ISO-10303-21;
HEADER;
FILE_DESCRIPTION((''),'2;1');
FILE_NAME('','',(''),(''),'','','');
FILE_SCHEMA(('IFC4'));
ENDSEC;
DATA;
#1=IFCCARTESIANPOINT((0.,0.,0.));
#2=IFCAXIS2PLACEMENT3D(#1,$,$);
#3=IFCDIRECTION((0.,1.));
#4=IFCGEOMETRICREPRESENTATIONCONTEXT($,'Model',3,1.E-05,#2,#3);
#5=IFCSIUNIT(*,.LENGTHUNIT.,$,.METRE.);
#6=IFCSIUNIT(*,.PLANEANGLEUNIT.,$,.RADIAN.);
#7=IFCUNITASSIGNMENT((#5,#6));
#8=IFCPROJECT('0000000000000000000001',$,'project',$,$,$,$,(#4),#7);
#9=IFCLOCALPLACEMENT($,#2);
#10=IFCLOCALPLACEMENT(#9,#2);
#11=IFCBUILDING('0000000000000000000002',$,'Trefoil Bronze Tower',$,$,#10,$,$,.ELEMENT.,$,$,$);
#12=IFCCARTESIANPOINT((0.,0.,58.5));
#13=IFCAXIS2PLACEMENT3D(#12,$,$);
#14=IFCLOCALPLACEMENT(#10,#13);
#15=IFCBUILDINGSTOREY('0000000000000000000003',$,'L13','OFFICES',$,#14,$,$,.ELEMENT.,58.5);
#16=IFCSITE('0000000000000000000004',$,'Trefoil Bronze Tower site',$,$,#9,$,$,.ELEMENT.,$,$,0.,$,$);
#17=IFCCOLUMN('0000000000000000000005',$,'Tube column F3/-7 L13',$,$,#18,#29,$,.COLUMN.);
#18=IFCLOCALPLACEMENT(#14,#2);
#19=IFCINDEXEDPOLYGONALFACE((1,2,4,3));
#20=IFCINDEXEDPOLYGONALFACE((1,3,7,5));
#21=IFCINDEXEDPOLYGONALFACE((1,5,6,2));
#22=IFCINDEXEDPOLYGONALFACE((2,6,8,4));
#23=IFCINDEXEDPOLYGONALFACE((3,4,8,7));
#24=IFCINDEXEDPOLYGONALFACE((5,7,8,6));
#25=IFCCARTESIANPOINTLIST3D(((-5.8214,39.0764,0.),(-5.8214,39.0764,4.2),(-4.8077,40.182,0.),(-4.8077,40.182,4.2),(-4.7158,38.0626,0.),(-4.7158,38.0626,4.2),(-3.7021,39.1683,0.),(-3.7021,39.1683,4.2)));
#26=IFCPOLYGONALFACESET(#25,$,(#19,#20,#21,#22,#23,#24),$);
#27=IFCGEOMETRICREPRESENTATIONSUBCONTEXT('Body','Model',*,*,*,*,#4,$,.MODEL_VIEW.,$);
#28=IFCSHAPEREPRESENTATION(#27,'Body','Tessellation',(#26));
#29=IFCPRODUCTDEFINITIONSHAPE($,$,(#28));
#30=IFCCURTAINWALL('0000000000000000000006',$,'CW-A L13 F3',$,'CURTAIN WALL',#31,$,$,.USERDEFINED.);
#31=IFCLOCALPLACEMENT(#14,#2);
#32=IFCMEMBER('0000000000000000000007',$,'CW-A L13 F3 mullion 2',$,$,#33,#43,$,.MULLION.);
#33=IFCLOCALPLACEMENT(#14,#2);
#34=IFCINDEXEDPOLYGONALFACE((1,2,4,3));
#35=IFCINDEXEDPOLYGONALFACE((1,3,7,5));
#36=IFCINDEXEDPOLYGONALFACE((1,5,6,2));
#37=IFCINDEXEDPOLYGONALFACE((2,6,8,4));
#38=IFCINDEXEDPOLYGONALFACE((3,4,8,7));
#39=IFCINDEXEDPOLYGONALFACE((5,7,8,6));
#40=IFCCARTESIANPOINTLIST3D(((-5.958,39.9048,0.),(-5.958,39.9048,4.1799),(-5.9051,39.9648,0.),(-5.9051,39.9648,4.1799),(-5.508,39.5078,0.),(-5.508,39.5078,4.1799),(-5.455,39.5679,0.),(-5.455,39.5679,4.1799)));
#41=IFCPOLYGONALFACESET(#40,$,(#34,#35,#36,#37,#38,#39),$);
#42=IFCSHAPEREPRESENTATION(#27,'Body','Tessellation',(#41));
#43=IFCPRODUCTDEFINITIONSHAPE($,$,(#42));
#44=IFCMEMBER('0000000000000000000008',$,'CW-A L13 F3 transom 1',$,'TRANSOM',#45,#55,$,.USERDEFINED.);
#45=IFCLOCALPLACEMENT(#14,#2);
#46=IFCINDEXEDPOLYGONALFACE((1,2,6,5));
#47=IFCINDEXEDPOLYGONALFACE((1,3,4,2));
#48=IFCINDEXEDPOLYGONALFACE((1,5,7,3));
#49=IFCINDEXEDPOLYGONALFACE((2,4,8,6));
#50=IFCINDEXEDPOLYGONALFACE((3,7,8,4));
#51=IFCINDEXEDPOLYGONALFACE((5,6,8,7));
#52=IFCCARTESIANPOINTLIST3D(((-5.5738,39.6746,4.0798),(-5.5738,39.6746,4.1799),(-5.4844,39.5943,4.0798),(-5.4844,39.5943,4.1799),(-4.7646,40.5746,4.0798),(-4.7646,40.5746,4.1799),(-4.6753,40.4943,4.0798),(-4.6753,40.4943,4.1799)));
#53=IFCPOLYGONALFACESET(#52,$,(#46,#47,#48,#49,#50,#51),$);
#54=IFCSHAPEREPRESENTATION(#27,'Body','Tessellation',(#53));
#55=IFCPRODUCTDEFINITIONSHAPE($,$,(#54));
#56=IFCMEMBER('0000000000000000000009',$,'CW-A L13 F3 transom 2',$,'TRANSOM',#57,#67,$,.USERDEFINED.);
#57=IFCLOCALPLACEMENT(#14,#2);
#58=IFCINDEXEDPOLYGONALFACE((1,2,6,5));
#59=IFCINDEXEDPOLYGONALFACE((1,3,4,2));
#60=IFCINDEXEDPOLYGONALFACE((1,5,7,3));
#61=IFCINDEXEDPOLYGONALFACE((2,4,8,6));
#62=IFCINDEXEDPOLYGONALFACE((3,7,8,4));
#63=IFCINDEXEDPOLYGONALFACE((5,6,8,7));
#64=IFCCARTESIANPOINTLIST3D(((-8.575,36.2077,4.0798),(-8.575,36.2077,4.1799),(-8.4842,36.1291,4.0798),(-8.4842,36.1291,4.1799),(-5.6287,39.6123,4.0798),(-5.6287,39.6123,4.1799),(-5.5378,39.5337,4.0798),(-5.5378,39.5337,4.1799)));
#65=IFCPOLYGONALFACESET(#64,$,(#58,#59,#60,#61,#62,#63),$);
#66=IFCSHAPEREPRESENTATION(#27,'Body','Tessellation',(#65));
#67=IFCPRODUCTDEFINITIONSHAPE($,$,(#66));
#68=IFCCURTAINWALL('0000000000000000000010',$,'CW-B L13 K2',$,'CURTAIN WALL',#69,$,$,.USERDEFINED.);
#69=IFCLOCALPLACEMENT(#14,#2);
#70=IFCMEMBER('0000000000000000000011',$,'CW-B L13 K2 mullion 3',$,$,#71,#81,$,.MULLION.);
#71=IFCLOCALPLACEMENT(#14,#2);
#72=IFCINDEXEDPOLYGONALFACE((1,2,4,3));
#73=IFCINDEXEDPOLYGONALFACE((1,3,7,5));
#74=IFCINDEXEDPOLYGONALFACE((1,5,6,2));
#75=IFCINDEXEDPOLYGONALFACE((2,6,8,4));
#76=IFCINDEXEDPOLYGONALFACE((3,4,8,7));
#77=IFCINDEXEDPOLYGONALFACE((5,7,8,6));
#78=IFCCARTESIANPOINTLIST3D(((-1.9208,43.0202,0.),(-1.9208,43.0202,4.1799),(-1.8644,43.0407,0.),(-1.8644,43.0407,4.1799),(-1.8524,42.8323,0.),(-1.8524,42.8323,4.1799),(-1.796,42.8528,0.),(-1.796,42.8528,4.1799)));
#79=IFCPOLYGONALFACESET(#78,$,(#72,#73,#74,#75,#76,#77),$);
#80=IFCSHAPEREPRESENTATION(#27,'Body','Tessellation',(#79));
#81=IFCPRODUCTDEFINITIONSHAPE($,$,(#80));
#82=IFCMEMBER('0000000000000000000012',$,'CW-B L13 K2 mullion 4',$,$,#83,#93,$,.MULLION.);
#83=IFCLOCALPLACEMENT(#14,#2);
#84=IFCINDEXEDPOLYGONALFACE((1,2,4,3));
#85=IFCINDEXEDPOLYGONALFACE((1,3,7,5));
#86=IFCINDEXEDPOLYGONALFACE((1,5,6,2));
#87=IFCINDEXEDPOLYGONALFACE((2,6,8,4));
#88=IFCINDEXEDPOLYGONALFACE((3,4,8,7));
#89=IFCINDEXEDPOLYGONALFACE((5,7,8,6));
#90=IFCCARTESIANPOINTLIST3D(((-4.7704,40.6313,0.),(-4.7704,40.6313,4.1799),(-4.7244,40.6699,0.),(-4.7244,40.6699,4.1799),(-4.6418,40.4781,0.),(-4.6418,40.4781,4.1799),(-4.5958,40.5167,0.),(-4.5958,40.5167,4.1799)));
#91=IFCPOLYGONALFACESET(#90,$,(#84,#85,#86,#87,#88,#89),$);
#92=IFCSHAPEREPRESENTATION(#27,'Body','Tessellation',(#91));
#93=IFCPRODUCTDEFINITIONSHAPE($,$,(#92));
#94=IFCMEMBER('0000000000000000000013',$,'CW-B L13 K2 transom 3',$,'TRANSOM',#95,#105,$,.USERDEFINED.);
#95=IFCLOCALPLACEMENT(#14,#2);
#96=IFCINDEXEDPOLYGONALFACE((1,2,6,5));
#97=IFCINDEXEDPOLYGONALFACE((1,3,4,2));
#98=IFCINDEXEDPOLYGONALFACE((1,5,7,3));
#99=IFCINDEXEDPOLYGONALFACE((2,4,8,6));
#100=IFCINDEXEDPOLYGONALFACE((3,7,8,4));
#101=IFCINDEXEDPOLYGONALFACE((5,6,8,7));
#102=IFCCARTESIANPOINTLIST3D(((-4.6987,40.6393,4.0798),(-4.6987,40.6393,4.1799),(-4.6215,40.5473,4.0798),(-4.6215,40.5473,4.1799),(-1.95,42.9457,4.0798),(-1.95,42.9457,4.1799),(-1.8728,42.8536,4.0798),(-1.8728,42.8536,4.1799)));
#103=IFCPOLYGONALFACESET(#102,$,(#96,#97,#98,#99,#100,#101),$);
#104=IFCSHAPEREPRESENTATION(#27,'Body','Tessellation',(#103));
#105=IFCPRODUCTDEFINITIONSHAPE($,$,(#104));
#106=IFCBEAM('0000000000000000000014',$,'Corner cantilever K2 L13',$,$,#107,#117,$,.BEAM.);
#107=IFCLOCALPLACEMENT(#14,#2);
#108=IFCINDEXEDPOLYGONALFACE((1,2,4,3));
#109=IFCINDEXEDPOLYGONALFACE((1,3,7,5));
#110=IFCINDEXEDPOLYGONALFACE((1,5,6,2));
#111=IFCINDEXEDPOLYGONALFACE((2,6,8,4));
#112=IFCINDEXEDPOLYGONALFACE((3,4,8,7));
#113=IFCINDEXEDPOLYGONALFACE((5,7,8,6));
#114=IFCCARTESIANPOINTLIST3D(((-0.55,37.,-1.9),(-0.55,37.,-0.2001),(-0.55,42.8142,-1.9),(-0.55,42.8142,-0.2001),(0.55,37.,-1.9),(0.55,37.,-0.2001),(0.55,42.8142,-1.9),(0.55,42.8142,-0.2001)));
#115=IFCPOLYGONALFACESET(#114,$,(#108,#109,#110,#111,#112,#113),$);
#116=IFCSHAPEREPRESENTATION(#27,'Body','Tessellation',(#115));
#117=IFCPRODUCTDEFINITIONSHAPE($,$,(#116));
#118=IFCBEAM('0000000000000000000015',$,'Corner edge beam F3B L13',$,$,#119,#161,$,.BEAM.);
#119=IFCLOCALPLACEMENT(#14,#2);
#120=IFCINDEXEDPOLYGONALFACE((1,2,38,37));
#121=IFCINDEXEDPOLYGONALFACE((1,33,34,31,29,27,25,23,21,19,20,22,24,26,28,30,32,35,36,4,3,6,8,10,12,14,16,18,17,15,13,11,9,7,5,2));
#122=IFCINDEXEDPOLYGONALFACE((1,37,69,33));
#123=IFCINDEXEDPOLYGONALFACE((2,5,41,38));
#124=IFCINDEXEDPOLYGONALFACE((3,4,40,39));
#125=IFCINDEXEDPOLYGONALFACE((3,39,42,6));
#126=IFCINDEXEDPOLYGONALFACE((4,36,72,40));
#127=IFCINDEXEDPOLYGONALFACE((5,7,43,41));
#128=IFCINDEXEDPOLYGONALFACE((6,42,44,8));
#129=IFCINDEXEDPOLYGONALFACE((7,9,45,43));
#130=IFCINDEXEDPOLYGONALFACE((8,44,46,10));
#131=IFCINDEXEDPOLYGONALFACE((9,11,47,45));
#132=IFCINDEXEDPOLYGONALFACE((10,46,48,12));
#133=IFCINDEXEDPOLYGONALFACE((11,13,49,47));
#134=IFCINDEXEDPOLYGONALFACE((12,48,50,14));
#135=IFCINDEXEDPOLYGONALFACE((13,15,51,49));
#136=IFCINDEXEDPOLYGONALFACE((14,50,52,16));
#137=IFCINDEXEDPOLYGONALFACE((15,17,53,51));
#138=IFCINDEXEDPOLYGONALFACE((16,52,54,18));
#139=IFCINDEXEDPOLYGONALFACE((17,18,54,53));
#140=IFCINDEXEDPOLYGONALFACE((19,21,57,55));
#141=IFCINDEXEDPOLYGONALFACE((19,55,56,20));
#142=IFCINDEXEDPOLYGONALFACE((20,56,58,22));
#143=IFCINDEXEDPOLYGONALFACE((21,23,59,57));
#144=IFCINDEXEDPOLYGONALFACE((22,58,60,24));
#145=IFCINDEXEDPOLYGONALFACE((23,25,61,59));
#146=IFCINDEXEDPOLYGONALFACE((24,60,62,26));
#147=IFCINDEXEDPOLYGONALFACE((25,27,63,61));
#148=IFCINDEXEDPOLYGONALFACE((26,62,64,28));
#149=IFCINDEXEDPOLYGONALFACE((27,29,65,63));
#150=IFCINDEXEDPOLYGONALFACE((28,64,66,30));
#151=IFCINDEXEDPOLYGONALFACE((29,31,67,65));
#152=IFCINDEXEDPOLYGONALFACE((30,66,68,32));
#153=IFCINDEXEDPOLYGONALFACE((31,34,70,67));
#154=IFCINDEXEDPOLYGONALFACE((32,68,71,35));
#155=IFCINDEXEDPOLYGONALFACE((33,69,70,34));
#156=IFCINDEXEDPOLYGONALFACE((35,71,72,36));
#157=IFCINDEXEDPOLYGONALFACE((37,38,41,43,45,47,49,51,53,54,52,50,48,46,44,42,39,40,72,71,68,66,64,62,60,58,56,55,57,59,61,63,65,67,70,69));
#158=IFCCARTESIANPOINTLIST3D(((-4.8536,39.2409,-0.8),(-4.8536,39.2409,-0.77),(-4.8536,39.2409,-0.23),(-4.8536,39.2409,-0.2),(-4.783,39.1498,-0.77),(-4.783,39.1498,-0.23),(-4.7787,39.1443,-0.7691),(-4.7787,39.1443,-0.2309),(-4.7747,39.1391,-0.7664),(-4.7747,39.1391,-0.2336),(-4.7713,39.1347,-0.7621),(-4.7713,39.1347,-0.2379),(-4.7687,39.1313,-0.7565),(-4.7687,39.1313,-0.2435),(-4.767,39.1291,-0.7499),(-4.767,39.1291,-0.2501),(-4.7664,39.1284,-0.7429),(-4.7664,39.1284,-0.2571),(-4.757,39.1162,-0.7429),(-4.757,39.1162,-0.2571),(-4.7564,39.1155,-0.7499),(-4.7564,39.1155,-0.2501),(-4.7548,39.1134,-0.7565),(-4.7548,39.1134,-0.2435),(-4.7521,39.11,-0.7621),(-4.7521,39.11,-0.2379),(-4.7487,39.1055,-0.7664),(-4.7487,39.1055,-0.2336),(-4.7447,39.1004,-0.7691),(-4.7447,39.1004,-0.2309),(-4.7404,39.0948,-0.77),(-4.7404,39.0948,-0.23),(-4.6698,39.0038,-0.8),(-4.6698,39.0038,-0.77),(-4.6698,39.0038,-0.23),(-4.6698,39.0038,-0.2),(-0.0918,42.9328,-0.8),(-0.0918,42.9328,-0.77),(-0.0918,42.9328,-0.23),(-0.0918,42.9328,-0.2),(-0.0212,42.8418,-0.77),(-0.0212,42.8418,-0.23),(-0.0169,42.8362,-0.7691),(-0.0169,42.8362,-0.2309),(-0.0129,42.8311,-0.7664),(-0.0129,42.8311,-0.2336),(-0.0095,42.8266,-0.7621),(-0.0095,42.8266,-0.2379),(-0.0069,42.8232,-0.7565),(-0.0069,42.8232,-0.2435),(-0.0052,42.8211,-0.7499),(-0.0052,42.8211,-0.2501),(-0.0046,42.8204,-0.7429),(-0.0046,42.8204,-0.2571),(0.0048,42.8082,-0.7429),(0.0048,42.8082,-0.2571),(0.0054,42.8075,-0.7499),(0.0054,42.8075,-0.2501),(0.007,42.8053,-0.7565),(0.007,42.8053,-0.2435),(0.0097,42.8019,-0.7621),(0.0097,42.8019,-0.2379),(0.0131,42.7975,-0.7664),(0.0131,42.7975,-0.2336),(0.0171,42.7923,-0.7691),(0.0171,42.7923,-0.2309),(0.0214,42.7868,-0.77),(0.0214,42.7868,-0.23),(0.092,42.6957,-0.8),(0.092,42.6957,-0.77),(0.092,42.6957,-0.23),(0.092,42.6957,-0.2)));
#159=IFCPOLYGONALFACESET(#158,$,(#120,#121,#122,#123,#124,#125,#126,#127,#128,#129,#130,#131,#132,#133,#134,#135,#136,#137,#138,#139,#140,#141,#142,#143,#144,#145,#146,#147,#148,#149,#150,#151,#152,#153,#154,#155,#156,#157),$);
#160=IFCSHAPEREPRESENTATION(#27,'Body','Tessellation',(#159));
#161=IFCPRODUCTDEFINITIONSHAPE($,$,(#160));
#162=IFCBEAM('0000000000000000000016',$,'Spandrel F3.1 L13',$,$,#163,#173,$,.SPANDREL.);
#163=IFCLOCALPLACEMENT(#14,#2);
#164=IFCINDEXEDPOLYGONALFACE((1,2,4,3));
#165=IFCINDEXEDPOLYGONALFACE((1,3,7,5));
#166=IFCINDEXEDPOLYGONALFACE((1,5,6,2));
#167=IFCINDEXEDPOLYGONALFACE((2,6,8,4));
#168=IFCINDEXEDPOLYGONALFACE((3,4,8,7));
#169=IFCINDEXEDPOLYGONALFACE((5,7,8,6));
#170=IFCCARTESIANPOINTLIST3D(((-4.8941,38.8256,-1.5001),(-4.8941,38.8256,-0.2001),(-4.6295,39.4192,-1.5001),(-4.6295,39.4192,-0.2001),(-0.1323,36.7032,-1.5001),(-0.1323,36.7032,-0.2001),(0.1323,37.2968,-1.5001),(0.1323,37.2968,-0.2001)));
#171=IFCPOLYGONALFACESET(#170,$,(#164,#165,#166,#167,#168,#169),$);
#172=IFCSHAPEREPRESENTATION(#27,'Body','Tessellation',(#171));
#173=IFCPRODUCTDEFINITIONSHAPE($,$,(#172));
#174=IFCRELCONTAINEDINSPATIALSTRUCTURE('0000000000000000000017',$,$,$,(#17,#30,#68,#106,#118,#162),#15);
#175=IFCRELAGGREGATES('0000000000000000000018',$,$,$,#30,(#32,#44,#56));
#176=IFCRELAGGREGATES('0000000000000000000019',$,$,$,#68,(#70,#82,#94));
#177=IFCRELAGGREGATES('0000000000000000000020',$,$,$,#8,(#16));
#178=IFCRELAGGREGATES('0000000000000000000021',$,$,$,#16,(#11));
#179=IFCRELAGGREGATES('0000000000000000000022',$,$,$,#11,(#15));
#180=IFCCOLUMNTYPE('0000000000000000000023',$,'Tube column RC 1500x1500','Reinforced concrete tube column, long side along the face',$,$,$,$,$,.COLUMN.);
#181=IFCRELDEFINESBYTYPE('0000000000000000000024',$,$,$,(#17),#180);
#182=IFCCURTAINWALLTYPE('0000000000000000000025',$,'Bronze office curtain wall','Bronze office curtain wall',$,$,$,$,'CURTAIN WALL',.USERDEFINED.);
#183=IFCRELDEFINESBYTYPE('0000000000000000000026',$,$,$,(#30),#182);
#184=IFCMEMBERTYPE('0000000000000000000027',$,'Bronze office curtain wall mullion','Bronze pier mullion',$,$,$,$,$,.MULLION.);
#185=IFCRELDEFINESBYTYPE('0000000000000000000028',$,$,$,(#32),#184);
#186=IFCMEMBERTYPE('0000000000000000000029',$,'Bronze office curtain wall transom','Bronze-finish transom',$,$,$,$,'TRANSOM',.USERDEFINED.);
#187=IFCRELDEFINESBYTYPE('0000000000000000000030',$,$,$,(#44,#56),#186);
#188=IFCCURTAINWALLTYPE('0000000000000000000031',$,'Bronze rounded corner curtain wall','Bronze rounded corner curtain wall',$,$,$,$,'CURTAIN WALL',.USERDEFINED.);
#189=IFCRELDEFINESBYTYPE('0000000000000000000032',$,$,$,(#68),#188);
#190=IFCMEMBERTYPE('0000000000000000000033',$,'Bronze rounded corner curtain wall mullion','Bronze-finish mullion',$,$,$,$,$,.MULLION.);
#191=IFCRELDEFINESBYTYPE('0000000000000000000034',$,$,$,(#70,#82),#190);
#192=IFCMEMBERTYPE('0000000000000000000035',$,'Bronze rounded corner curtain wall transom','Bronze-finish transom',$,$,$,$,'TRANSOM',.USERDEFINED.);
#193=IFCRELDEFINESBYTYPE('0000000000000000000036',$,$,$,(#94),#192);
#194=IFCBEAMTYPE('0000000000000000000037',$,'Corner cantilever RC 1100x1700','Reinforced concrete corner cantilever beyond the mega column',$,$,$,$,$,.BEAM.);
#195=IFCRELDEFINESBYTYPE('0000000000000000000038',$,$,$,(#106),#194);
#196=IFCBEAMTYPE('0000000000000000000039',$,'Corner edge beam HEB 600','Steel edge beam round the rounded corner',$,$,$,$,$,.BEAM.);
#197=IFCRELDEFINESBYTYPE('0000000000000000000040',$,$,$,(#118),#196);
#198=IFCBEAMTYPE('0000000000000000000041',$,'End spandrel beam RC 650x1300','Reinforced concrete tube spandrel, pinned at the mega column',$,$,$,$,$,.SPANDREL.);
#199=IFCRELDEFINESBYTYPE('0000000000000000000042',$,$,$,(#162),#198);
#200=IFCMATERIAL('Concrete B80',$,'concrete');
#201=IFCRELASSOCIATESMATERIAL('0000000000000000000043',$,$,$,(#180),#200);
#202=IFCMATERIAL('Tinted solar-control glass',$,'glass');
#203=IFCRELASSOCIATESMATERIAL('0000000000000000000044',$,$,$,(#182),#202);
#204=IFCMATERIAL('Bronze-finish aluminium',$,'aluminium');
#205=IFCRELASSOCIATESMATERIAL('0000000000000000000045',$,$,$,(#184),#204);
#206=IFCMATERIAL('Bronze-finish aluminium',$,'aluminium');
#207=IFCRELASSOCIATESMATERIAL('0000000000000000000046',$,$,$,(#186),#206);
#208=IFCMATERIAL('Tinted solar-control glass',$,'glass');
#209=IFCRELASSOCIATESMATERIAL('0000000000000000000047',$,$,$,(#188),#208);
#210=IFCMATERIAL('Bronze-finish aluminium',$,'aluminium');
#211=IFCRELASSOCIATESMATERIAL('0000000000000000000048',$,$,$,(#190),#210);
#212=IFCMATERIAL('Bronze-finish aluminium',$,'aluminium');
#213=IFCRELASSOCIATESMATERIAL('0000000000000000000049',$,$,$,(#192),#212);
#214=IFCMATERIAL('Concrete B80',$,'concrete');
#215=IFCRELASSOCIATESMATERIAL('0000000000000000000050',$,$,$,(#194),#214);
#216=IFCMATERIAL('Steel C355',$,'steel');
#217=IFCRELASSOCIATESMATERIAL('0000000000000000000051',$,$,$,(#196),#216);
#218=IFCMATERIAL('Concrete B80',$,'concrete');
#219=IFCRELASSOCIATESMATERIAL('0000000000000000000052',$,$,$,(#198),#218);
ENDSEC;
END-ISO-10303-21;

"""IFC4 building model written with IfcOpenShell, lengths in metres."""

from ifc_helpers import new_model, si_unit, direction, frame, origin, origin_2d, place, context, subcontext, project, spatial, rectangle, i_section, extrude, material, material_profile, profile_set, type_object, element, aggregate, save


model = new_model("IFC4")

# Units and contexts
model_context = context("Model", 3, precision=1e-05, world=origin(), true_north=direction((0.0, 1.0)))
body_context = subcontext(model_context, "Body", "Model", "MODEL_VIEW")
ifc_project = project(units=[si_unit("LENGTHUNIT", "METRE"), si_unit("PLANEANGLEUNIT", "RADIAN")], contexts=[model_context])

# Site, building, storey
site_placement = place(None, origin())
site = spatial("IfcSite", under=ifc_project, at=site_placement, Name="Trefoil Bronze Tower site", CompositionType="ELEMENT", RefElevation=0.0)
building_placement = place(site_placement, origin())
building = spatial("IfcBuilding", under=site, at=building_placement, Name="Trefoil Bronze Tower", CompositionType="ELEMENT")
storey_placement = place(building_placement, frame((0.0, 0.0, 58.5)))
storey = spatial("IfcBuildingStorey", under=building, at=storey_placement, Name="L13", Description="OFFICES", CompositionType="ELEMENT", Elevation=58.5)

# Column
ifc_material_1 = material(Name="Concrete B80", Category="concrete")
ifc_material_profile_1 = material_profile(ifc_material_1, rectangle(XDim=1.5, YDim=1.5, at=origin_2d()), Name="RC 1500x1500")
ifc_profile_set_1 = profile_set([ifc_material_profile_1], Name="Concrete B80")
column_type = type_object("IfcColumnType", Name="Tube column RC 1500x1500", Description="Reinforced concrete tube column, long side along the face", PredefinedType="COLUMN", material=ifc_profile_set_1)
column_placement = place(storey_placement, frame((-4.7617, 39.1223, 0.0), z_axis=(0.0, 0.0, 1.0), x_axis=(-0.675816, -0.73707, 0.0)))
element("IfcColumn", 1, at=column_placement, inside=storey, type_object=column_type, Name="Tube column F3/-7 L13", PredefinedType="COLUMN", context=body_context, shape_type="SweptSolid", body=[
    extrude(rectangle(XDim=1.5, YDim=1.5, at=origin_2d()), origin(), (0.0, 0.0, 1.0), 4.2),
])

# Curtain walls, members
ifc_material_2 = material(Name="Tinted solar-control glass", Category="glass")
curtain_wall_type_1 = type_object("IfcCurtainWallType", Name="Bronze office curtain wall", Description="Bronze office curtain wall", ElementType="CURTAIN WALL", PredefinedType="USERDEFINED", material=ifc_material_2)
curtain_wall_1_placement = place(storey_placement, origin())
curtain_wall_1 = element("IfcCurtainWall", 2, at=curtain_wall_1_placement, inside=storey, type_object=curtain_wall_type_1, Name="CW-A L13 F3", ObjectType="CURTAIN WALL", PredefinedType="USERDEFINED")
ifc_material_3 = material(Name="Bronze-finish aluminium", Category="aluminium")
ifc_material_profile_2 = material_profile(ifc_material_3, rectangle(XDim=0.6001, YDim=0.0801, at=origin_2d()), Name="CW-A mullion")
ifc_profile_set_2 = profile_set([ifc_material_profile_2], Name="Bronze-finish aluminium")
member_type_1 = type_object("IfcMemberType", Name="Bronze office curtain wall mullion", Description="Bronze pier mullion", PredefinedType="MULLION", material=ifc_profile_set_2)
member_1_placement = place(storey_placement, frame((-5.7065, 39.7363, 0.0), z_axis=(0.0, 0.0, 1.0), x_axis=(0.749941, -0.661505, 0.0)))
member_1 = element("IfcMember", 3, at=member_1_placement, type_object=member_type_1, Name="CW-A L13 F3 mullion 2", PredefinedType="MULLION", context=body_context, shape_type="SweptSolid", body=[
    extrude(rectangle(XDim=0.6001, YDim=0.0801, at=origin_2d()), origin(), (0.0, 0.0, 1.0), 4.1799),
])
ifc_material_4 = material(Name="Bronze-finish aluminium", Category="aluminium")
ifc_material_profile_3 = material_profile(ifc_material_4, rectangle(XDim=0.1201, YDim=0.1001, at=origin_2d()), Name="CW-A transom")
ifc_profile_set_3 = profile_set([ifc_material_profile_3], Name="Bronze-finish aluminium")
member_type_2 = type_object("IfcMemberType", Name="Bronze office curtain wall transom", Description="Bronze-finish transom", ElementType="TRANSOM", PredefinedType="USERDEFINED", material=ifc_profile_set_3)
member_2_placement = place(storey_placement, frame((-4.72, 40.5344, 4.1299), z_axis=(-0.668586, -0.743635, 0.0), x_axis=(0.743635, -0.668586, 0.0)))
member_2 = element("IfcMember", 4, at=member_2_placement, type_object=member_type_2, Name="CW-A L13 F3 transom 1", ObjectType="TRANSOM", PredefinedType="USERDEFINED", context=body_context, shape_type="SweptSolid", body=[
    extrude(rectangle(XDim=0.1201, YDim=0.1001, at=origin_2d()), origin(), (0.0, 0.0, 1.0), 1.2102),
])
member_3_placement = place(storey_placement, frame((-5.5833, 39.573, 4.1299), z_axis=(-0.654383, -0.756163, 0.0), x_axis=(0.756163, -0.654383, 0.0)))
member_3 = element("IfcMember", 5, at=member_3_placement, type_object=member_type_2, Name="CW-A L13 F3 transom 2", ObjectType="TRANSOM", PredefinedType="USERDEFINED", context=body_context, shape_type="SweptSolid", body=[
    extrude(rectangle(XDim=0.1201, YDim=0.1001, at=origin_2d()), origin(), (0.0, 0.0, 1.0), 4.5024),
])
ifc_material_5 = material(Name="Tinted solar-control glass", Category="glass")
curtain_wall_type_2 = type_object("IfcCurtainWallType", Name="Bronze rounded corner curtain wall", Description="Bronze rounded corner curtain wall", ElementType="CURTAIN WALL", PredefinedType="USERDEFINED", material=ifc_material_5)
curtain_wall_2_placement = place(storey_placement, origin())
curtain_wall_2 = element("IfcCurtainWall", 6, at=curtain_wall_2_placement, inside=storey, type_object=curtain_wall_type_2, Name="CW-B L13 K2", ObjectType="CURTAIN WALL", PredefinedType="USERDEFINED")
ifc_material_6 = material(Name="Bronze-finish aluminium", Category="aluminium")
ifc_material_profile_4 = material_profile(ifc_material_6, rectangle(XDim=0.2, YDim=0.0601, at=origin_2d()), Name="CW-B mullion")
ifc_profile_set_4 = profile_set([ifc_material_profile_4], Name="Bronze-finish aluminium")
member_type_3 = type_object("IfcMemberType", Name="Bronze rounded corner curtain wall mullion", Description="Bronze-finish mullion", PredefinedType="MULLION", material=ifc_profile_set_4)
member_4_placement = place(storey_placement, frame((-1.8584, 42.9365, 0.0), z_axis=(0.0, 0.0, 1.0), x_axis=(0.34202, -0.939693, 0.0)))
member_4 = element("IfcMember", 7, at=member_4_placement, type_object=member_type_3, Name="CW-B L13 K2 mullion 3", PredefinedType="MULLION", context=body_context, shape_type="SweptSolid", body=[
    extrude(rectangle(XDim=0.2, YDim=0.0601, at=origin_2d()), origin(), (0.0, 0.0, 1.0), 4.1799),
])
member_5_placement = place(storey_placement, frame((-4.6831, 40.574, 0.0), z_axis=(0.0, 0.0, 1.0), x_axis=(0.642788, -0.766044, 0.0)))
member_5 = element("IfcMember", 8, at=member_5_placement, type_object=member_type_3, Name="CW-B L13 K2 mullion 4", PredefinedType="MULLION", context=body_context, shape_type="SweptSolid", body=[
    extrude(rectangle(XDim=0.2, YDim=0.0601, at=origin_2d()), origin(), (0.0, 0.0, 1.0), 4.1799),
])
ifc_material_7 = material(Name="Bronze-finish aluminium", Category="aluminium")
ifc_material_profile_5 = material_profile(ifc_material_7, rectangle(XDim=0.1201, YDim=0.1001, at=origin_2d()), Name="CW-B transom")
ifc_profile_set_5 = profile_set([ifc_material_profile_5], Name="Bronze-finish aluminium")
member_type_4 = type_object("IfcMemberType", Name="Bronze rounded corner curtain wall transom", Description="Bronze-finish transom", ElementType="TRANSOM", PredefinedType="USERDEFINED", material=ifc_profile_set_5)
member_6_placement = place(storey_placement, frame((-1.9114, 42.8997, 4.1299), z_axis=(-0.766059, -0.642771, 0.0), x_axis=(0.642771, -0.766059, 0.0)))
member_6 = element("IfcMember", 9, at=member_6_placement, type_object=member_type_4, Name="CW-B L13 K2 transom 3", ObjectType="TRANSOM", PredefinedType="USERDEFINED", context=body_context, shape_type="SweptSolid", body=[
    extrude(rectangle(XDim=0.1201, YDim=0.1001, at=origin_2d()), origin(), (0.0, 0.0, 1.0), 3.5881),
])

# Beams
ifc_material_8 = material(Name="Concrete B80", Category="concrete")
ifc_material_profile_6 = material_profile(ifc_material_8, rectangle(XDim=1.1001, YDim=1.7, at=origin_2d()), Name="RC 1100x1700")
ifc_profile_set_6 = profile_set([ifc_material_profile_6], Name="Concrete B80")
beam_type_1 = type_object("IfcBeamType", Name="Corner cantilever RC 1100x1700", Description="Reinforced concrete corner cantilever beyond the mega column", PredefinedType="BEAM", material=ifc_profile_set_6)
beam_1_placement = place(storey_placement, frame((0.0, 37.0, -1.05), z_axis=(0.0, 1.0, 0.0), x_axis=(-1.0, 0.0, 0.0)))
element("IfcBeam", 10, at=beam_1_placement, inside=storey, type_object=beam_type_1, Name="Corner cantilever K2 L13", PredefinedType="BEAM", context=body_context, shape_type="SweptSolid", body=[
    extrude(rectangle(XDim=1.1001, YDim=1.7, at=origin_2d()), origin(), (0.0, 0.0, 1.0), 5.8142),
])
ifc_material_9 = material(Name="Steel C355", Category="steel")
ifc_material_profile_7 = material_profile(ifc_material_9, i_section(OverallWidth=0.3, OverallDepth=0.6001, WebThickness=0.0154, FlangeThickness=0.03, FilletRadius=0.0271, at=origin_2d()), Name="HEB 600")
ifc_profile_set_7 = profile_set([ifc_material_profile_7], Name="Steel C355")
beam_type_2 = type_object("IfcBeamType", Name="Corner edge beam HEB 600", Description="Steel edge beam round the rounded corner", PredefinedType="BEAM", material=ifc_profile_set_7)
beam_2_placement = place(storey_placement, frame((-4.7617, 39.1223, -0.5), z_axis=(0.790289, 0.612734, 0.0), x_axis=(-0.612734, 0.790289, 0.0)))
element("IfcBeam", 11, at=beam_2_placement, inside=storey, type_object=beam_type_2, Name="Corner edge beam F3B L13", PredefinedType="BEAM", context=body_context, shape_type="SweptSolid", body=[
    extrude(i_section(OverallWidth=0.3, OverallDepth=0.6001, WebThickness=0.0154, FlangeThickness=0.03, FilletRadius=0.0271, at=origin_2d()), origin(), (0.0, 0.0, 1.0), 6.0254),
])
ifc_material_10 = material(Name="Concrete B80", Category="concrete")
ifc_material_profile_8 = material_profile(ifc_material_10, rectangle(XDim=0.6499, YDim=1.3, at=origin_2d()), Name="RC 650x1300")
ifc_profile_set_8 = profile_set([ifc_material_profile_8], Name="Concrete B80")
beam_type_3 = type_object("IfcBeamType", Name="End spandrel beam RC 650x1300", Description="Reinforced concrete tube spandrel, pinned at the mega column", PredefinedType="SPANDREL", material=ifc_profile_set_8)
beam_3_placement = place(storey_placement, frame((0.0, 37.0, -0.8501), z_axis=(-0.913384, 0.407099, 0.0), x_axis=(-0.407099, -0.913384, 0.0)))
element("IfcBeam", 12, at=beam_3_placement, inside=storey, type_object=beam_type_3, Name="Spandrel F3.1 L13", PredefinedType="SPANDREL", context=body_context, shape_type="SweptSolid", body=[
    extrude(rectangle(XDim=0.6499, YDim=1.3, at=origin_2d()), origin(), (0.0, 0.0, 1.0), 5.2134),
])

aggregate(curtain_wall_1, [member_1, member_2, member_3])
aggregate(curtain_wall_2, [member_4, member_5, member_6])

save(model, "model.ifc")
